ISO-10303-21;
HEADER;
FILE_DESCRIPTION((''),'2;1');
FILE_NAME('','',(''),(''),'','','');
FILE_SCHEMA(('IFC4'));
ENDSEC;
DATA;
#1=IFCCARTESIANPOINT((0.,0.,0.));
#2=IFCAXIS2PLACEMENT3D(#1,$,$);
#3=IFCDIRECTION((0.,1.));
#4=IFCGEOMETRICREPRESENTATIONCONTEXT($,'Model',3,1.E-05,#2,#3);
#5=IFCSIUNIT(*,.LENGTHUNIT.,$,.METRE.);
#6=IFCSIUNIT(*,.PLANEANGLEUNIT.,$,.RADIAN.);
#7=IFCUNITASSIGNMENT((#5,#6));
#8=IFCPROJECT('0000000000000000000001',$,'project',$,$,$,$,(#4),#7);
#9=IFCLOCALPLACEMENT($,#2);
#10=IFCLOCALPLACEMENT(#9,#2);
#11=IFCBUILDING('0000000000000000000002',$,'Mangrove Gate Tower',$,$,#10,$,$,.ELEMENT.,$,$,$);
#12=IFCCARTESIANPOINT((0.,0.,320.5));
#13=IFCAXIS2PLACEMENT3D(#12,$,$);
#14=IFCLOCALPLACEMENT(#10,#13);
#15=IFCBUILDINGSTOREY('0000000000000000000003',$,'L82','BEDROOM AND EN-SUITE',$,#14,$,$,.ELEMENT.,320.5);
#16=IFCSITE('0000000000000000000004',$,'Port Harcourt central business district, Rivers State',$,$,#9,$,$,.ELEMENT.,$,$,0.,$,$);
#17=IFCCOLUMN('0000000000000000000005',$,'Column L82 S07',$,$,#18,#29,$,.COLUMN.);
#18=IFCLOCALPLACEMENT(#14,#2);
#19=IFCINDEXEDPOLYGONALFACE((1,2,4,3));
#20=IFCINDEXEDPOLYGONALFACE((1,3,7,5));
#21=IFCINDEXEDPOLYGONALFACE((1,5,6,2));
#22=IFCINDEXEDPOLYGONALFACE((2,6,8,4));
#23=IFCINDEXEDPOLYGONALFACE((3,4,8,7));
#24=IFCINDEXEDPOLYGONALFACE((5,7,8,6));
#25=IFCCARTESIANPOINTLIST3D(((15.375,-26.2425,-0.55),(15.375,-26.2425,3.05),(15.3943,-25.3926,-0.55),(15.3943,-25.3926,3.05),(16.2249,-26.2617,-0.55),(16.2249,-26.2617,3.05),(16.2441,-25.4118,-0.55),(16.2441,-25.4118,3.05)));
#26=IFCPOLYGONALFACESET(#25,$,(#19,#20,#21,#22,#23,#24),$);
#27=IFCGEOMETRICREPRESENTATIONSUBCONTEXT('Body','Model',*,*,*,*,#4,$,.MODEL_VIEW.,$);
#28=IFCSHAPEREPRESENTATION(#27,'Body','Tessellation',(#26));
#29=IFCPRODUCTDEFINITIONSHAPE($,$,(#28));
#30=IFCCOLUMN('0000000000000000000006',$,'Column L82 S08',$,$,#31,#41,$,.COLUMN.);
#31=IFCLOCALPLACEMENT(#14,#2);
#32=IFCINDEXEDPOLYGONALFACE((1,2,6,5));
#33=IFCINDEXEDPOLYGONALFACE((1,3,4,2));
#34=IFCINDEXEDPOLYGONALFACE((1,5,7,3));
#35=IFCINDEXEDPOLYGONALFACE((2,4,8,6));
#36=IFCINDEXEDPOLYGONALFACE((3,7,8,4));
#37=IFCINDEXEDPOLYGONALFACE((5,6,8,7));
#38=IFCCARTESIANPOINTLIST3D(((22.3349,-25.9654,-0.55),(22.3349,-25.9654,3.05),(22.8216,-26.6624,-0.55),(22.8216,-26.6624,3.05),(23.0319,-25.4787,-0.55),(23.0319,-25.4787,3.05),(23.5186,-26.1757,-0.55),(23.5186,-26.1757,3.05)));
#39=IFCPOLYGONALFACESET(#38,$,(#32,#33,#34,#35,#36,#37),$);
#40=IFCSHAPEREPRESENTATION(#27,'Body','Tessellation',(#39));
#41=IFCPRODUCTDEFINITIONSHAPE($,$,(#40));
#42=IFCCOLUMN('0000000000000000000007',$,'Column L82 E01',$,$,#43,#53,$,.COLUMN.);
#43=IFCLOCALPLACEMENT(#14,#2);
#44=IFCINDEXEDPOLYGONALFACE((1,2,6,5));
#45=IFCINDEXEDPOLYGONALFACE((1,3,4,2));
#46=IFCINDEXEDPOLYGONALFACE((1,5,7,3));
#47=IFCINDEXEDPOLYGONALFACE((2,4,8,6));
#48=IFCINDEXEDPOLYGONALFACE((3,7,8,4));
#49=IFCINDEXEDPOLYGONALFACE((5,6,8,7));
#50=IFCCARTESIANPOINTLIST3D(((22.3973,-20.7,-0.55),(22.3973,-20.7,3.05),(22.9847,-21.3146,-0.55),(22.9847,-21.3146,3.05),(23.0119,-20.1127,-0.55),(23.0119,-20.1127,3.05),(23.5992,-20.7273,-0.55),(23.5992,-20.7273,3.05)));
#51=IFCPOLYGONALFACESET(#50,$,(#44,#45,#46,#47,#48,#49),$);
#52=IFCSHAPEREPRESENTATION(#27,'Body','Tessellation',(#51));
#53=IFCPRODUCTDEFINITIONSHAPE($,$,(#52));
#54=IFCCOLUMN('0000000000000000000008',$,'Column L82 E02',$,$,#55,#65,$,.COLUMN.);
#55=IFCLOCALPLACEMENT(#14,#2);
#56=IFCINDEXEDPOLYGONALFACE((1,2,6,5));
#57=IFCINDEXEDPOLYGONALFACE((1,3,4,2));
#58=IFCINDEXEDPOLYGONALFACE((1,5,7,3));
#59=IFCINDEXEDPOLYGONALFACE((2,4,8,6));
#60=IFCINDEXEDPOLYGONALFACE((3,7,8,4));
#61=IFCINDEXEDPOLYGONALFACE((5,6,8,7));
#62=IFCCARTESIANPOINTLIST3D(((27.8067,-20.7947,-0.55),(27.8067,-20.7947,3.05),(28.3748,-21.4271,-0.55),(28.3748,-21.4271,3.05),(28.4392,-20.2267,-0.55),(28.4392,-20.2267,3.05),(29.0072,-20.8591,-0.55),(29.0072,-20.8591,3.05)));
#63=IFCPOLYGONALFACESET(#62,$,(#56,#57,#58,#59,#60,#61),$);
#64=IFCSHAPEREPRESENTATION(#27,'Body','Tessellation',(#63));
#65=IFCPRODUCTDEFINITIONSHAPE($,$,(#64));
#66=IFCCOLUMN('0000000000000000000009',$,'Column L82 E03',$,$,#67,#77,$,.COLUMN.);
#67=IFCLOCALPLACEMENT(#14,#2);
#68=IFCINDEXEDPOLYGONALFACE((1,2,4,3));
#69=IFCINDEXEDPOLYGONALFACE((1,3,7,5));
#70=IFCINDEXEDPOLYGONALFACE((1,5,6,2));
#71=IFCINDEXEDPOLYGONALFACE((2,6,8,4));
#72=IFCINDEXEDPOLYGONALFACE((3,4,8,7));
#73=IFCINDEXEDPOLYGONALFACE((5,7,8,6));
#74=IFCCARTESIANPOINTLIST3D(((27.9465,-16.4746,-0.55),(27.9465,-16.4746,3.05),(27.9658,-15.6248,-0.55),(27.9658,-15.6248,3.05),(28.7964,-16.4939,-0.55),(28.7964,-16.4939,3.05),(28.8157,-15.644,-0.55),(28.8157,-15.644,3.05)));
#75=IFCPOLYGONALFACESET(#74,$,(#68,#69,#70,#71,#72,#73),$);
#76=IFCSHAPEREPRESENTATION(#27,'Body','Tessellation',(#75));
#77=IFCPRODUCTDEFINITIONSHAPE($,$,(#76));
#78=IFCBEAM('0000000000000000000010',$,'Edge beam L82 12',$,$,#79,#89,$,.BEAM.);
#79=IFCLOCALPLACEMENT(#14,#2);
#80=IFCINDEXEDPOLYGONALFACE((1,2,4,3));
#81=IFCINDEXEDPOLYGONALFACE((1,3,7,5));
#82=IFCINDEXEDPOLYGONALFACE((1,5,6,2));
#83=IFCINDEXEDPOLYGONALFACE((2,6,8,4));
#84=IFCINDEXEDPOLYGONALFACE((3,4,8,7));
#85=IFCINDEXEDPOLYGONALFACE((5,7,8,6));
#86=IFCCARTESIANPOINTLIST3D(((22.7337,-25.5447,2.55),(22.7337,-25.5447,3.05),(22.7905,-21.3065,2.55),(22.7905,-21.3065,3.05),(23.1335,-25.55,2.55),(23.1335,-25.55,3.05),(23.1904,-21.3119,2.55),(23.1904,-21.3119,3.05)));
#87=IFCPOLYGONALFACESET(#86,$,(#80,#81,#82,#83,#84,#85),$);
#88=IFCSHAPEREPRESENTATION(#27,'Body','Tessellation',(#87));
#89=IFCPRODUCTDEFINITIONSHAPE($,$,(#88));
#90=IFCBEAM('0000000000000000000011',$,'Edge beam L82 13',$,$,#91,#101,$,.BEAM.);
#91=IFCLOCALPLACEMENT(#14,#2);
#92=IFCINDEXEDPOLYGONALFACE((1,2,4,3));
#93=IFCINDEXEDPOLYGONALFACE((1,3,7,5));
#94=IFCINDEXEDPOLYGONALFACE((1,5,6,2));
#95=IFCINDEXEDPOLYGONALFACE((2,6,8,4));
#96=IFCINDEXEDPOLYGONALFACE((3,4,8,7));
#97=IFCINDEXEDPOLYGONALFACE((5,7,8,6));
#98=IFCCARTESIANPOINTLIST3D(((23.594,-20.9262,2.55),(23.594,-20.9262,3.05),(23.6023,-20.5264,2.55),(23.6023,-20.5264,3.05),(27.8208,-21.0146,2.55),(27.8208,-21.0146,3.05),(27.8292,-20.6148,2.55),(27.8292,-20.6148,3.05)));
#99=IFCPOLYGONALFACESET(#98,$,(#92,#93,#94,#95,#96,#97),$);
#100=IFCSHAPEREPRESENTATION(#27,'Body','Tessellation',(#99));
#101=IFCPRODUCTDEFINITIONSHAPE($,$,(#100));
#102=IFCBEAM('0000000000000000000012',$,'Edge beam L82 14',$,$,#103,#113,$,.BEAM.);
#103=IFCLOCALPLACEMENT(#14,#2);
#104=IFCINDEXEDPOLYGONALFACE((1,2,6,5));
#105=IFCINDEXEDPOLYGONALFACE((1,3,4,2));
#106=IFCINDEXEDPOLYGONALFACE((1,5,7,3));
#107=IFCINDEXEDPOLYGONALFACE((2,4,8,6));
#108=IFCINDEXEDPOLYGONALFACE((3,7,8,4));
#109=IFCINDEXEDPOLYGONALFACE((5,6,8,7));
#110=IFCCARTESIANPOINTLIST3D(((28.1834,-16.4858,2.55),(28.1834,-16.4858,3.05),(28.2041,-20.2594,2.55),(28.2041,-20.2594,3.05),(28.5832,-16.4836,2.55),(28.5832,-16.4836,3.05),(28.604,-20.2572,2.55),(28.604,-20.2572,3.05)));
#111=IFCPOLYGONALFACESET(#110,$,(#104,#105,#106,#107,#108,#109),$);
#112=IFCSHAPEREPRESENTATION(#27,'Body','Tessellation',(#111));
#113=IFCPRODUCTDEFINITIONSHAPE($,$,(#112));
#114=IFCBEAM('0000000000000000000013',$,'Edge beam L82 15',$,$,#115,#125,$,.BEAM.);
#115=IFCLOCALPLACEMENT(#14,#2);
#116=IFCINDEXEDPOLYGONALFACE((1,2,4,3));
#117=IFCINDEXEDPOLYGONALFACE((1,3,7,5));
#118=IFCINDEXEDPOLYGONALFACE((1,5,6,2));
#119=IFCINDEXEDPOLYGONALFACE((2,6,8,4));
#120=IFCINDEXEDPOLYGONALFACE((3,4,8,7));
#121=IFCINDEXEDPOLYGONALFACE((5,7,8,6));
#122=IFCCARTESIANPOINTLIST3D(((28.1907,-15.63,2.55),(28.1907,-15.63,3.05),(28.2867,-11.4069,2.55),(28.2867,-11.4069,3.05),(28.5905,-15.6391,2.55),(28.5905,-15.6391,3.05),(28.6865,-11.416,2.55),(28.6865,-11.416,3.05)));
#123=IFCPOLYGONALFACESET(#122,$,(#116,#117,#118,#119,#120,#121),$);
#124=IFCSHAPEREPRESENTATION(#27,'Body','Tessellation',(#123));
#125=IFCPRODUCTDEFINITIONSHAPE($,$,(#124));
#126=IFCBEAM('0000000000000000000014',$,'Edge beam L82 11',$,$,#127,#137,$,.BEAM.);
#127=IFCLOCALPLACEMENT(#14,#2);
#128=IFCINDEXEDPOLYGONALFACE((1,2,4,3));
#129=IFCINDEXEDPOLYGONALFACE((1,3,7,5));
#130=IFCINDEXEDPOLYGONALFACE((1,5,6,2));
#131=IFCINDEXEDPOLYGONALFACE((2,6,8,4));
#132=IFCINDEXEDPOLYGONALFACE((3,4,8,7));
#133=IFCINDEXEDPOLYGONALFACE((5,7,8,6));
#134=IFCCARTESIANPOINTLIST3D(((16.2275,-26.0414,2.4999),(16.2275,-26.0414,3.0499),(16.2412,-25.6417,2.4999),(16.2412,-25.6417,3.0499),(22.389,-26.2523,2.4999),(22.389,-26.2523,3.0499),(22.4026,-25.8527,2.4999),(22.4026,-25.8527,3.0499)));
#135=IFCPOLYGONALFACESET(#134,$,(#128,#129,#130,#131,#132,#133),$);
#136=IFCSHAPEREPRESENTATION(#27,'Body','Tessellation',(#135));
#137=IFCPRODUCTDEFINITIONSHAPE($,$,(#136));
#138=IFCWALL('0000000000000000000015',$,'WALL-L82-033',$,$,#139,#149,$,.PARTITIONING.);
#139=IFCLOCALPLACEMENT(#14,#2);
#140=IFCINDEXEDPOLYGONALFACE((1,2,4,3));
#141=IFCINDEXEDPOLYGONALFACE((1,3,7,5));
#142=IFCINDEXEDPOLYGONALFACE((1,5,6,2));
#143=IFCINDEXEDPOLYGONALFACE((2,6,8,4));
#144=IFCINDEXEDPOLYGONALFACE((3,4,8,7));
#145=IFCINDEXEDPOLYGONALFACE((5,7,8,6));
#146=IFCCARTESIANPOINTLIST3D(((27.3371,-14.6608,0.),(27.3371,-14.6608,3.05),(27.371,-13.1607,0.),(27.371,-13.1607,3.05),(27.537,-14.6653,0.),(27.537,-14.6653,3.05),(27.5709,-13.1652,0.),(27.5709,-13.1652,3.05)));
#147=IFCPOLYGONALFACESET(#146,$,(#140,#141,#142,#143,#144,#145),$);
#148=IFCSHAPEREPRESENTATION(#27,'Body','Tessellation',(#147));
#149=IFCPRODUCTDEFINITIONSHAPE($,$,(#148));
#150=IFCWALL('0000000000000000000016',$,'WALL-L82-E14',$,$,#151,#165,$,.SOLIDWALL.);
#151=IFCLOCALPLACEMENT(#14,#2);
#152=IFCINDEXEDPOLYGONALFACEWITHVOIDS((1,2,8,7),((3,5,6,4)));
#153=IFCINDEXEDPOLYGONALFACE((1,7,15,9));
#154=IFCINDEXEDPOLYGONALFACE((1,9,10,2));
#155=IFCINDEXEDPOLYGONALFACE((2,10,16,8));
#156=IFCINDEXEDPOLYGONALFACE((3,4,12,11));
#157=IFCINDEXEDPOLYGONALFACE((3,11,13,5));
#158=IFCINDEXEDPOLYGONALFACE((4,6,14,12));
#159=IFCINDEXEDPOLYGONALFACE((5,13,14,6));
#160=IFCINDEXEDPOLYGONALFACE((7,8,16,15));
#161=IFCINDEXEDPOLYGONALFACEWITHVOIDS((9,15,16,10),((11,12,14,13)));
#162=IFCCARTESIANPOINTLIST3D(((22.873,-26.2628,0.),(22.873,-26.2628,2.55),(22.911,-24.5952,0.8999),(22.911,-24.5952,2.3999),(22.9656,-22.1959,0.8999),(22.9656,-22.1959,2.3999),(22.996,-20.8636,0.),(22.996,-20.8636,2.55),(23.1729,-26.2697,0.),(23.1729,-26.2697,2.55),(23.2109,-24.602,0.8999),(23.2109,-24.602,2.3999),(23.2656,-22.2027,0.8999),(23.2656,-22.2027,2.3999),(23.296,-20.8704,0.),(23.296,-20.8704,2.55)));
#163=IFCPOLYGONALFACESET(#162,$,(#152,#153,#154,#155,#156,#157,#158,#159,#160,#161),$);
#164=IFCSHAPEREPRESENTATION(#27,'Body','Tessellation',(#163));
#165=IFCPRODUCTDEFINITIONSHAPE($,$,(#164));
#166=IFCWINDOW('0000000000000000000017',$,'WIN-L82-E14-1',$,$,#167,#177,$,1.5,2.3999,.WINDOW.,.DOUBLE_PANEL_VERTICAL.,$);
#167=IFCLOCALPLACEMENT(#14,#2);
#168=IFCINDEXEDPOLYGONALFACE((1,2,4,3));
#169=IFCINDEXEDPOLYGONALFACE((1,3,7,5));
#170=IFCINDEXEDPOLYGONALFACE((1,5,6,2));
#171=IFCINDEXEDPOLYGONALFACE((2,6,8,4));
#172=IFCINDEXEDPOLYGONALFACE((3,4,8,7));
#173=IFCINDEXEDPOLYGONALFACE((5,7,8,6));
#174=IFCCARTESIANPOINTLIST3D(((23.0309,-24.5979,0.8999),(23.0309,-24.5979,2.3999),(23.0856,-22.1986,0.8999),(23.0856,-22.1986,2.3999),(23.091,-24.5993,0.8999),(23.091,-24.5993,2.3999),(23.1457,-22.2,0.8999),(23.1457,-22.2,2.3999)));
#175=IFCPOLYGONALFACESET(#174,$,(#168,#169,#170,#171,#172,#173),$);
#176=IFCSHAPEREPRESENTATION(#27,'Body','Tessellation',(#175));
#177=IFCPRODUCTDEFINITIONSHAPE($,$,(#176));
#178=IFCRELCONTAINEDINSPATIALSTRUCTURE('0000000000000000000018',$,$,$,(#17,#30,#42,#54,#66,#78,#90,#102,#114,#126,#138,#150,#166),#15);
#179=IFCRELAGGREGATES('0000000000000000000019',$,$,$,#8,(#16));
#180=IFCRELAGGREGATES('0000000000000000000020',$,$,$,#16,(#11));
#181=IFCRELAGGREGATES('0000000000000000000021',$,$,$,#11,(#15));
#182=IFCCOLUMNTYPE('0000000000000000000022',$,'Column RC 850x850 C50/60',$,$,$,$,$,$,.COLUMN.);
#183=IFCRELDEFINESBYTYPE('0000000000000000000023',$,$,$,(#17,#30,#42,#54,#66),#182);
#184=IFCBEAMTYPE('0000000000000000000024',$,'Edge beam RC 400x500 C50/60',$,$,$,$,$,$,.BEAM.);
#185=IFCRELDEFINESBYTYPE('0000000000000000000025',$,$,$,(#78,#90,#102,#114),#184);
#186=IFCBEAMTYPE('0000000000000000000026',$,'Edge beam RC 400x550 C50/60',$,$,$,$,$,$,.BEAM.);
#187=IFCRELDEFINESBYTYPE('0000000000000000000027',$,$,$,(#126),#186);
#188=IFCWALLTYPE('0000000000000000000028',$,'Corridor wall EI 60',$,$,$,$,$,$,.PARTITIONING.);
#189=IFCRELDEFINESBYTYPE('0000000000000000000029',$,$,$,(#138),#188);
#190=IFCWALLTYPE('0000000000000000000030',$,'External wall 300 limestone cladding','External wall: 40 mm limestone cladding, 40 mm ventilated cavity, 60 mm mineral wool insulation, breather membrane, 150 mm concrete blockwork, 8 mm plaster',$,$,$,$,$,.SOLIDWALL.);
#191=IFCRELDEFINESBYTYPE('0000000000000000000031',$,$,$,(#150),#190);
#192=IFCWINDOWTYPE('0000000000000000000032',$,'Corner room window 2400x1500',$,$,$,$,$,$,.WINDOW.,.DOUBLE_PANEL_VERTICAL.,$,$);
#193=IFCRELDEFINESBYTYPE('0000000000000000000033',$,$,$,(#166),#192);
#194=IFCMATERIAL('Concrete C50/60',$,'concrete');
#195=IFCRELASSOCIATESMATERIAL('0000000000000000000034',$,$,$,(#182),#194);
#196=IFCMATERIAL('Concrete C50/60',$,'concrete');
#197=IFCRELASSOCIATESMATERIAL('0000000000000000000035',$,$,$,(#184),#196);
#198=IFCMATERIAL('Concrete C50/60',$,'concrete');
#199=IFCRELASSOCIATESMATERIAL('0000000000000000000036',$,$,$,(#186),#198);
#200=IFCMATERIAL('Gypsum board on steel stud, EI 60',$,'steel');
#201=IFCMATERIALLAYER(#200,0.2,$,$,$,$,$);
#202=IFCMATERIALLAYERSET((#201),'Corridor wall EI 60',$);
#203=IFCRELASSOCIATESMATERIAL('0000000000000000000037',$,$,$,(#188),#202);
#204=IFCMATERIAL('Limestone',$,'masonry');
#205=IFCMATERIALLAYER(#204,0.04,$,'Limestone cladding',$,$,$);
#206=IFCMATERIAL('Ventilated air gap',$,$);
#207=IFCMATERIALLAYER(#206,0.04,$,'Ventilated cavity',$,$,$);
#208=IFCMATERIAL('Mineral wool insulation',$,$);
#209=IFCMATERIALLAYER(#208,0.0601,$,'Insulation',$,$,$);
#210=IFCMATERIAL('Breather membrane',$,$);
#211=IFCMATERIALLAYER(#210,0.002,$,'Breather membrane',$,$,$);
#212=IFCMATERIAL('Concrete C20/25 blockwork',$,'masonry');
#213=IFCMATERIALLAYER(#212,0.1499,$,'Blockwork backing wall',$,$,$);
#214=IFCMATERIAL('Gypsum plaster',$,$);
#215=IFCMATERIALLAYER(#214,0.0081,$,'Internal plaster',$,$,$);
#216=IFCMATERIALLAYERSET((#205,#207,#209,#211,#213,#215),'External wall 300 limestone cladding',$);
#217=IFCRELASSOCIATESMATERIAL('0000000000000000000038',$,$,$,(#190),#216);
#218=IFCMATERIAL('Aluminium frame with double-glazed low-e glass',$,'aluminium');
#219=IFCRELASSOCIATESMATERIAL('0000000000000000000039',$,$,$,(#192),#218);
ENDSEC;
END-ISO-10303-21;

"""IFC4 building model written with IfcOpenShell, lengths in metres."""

from ifc_helpers import new_model, si_unit, direction, frame, frame_2d, origin, origin_2d, place, context, subcontext, project, spatial, rectangle, extrude, material, layer, layer_set, material_profile, profile_set, type_object, element, fill, save


model = new_model("IFC4")

# Units and contexts
model_context = context("Model", 3, precision=1e-05, world=origin(), true_north=direction((0.0, 1.0)))
body_context = subcontext(model_context, "Body", "Model", "MODEL_VIEW")
ifc_project = project(units=[si_unit("LENGTHUNIT", "METRE"), si_unit("PLANEANGLEUNIT", "RADIAN")], contexts=[model_context])

# Site, building, storey
site_placement = place(None, origin())
site = spatial("IfcSite", under=ifc_project, at=site_placement, Name="Port Harcourt central business district, Rivers State", CompositionType="ELEMENT", RefElevation=0.0)
building_placement = place(site_placement, origin())
building = spatial("IfcBuilding", under=site, at=building_placement, Name="Mangrove Gate Tower", CompositionType="ELEMENT")
storey_placement = place(building_placement, frame((0.0, 0.0, 320.5)))
storey = spatial("IfcBuildingStorey", under=building, at=storey_placement, Name="L82", Description="BEDROOM AND EN-SUITE", CompositionType="ELEMENT", Elevation=320.5)

# Columns
ifc_material_1 = material(Name="Concrete C50/60", Category="concrete")
ifc_material_profile_1 = material_profile(ifc_material_1, rectangle(XDim=0.8501, YDim=0.8501, at=origin_2d()))
ifc_profile_set_1 = profile_set([ifc_material_profile_1], Name="Concrete C50/60")
column_type = type_object("IfcColumnType", Name="Column RC 850x850 C50/60", PredefinedType="COLUMN", material=ifc_profile_set_1)
for number, where, z_axis, x_axis, name in (
    (1, (15.8096, -25.8271, -0.55), (0.0, 0.0, 1.0), (0.999743, -0.022654, 0.0), "Column L82 S07"),
    (2, (22.9268, -26.0706, -0.55), (0.0, 0.0, 1.0), (0.81992, 0.572478, 0.0), "Column L82 S08"),
    (3, (22.9983, -20.7136, -0.55), (0.0, 0.0, 1.0), (0.722966, 0.690884, 0.0), "Column L82 E01"),
    (4, (28.407, -20.8269, -0.55), (0.0, 0.0, 1.0), (0.744005, 0.668174, 0.0), "Column L82 E02"),
    (5, (28.3811, -16.0593, -0.55), (0.0, 0.0, 1.0), (0.022661, 0.999743, 0.0), "Column L82 E03"),
):
    element("IfcColumn", number, at=place(storey_placement, frame(where, z_axis=z_axis, x_axis=x_axis)), inside=storey, type_object=column_type, Name=name, PredefinedType="COLUMN", context=body_context, shape_type="SweptSolid", body=[
        extrude(rectangle(XDim=0.8501, YDim=0.8501, at=origin_2d()), origin(), (0.0, 0.0, 1.0), 3.6001),
    ])

# Beams
ifc_material_2 = material(Name="Concrete C50/60", Category="concrete")
ifc_material_profile_2 = material_profile(ifc_material_2, rectangle(XDim=0.3999, YDim=0.5, at=origin_2d()))
ifc_profile_set_2 = profile_set([ifc_material_profile_2], Name="Concrete C50/60")
beam_type_1 = type_object("IfcBeamType", Name="Edge beam RC 400x500 C50/60", PredefinedType="BEAM", material=ifc_profile_set_2)
beam_1_placement = place(storey_placement, frame((22.9336, -25.5474, 2.8), z_axis=(0.013421, 0.99991, 0.0), x_axis=(-0.99991, 0.013421, 0.0)))
element("IfcBeam", 6, at=beam_1_placement, inside=storey, type_object=beam_type_1, Name="Edge beam L82 12", PredefinedType="BEAM", context=body_context, shape_type="SweptSolid", body=[
    extrude(rectangle(XDim=0.3999, YDim=0.5, at=origin_2d()), origin(), (0.0, 0.0, 1.0), 4.2385),
])
beam_2_placement = place(storey_placement, frame((23.5981, -20.7263, 2.8), z_axis=(0.999781, -0.020905, 0.0), x_axis=(0.020905, 0.999781, 0.0)))
element("IfcBeam", 7, at=beam_2_placement, inside=storey, type_object=beam_type_1, Name="Edge beam L82 13", PredefinedType="BEAM", context=body_context, shape_type="SweptSolid", body=[
    extrude(rectangle(XDim=0.3999, YDim=0.5, at=origin_2d()), origin(), (0.0, 0.0, 1.0), 4.2278),
])
beam_3_placement = place(storey_placement, frame((28.4041, -20.2583, 2.8), z_axis=(-0.005499, 0.999985, 0.0), x_axis=(-0.999985, -0.005499, 0.0)))
element("IfcBeam", 8, at=beam_3_placement, inside=storey, type_object=beam_type_1, Name="Edge beam L82 14", PredefinedType="BEAM", context=body_context, shape_type="SweptSolid", body=[
    extrude(rectangle(XDim=0.3999, YDim=0.5, at=origin_2d()), origin(), (0.0, 0.0, 1.0), 3.7737),
])
beam_4_placement = place(storey_placement, frame((28.3906, -15.6345, 2.8), z_axis=(0.022714, 0.999742, 0.0), x_axis=(-0.999742, 0.022714, 0.0)))
element("IfcBeam", 9, at=beam_4_placement, inside=storey, type_object=beam_type_1, Name="Edge beam L82 15", PredefinedType="BEAM", context=body_context, shape_type="SweptSolid", body=[
    extrude(rectangle(XDim=0.3999, YDim=0.5, at=origin_2d()), origin(), (0.0, 0.0, 1.0), 4.2241),
])
ifc_material_3 = material(Name="Concrete C50/60", Category="concrete")
ifc_material_profile_3 = material_profile(ifc_material_3, rectangle(XDim=0.3999, YDim=0.55, at=origin_2d()))
ifc_profile_set_3 = profile_set([ifc_material_profile_3], Name="Concrete C50/60")
beam_type_2 = type_object("IfcBeamType", Name="Edge beam RC 400x550 C50/60", PredefinedType="BEAM", material=ifc_profile_set_3)
beam_5_placement = place(storey_placement, frame((16.2344, -25.8416, 2.7749), z_axis=(0.999414, -0.034215, 0.0), x_axis=(0.034215, 0.999414, 0.0)))
element("IfcBeam", 10, at=beam_5_placement, inside=storey, type_object=beam_type_2, Name="Edge beam L82 11", PredefinedType="BEAM", context=body_context, shape_type="SweptSolid", body=[
    extrude(rectangle(XDim=0.3999, YDim=0.55, at=origin_2d()), origin(), (0.0, 0.0, 1.0), 6.165),
])

# Wall
ifc_material_4 = material(Name="Gypsum board on steel stud, EI 60", Category="steel")
ifc_layer_1 = layer(ifc_material_4, 0.2)
ifc_layer_set_1 = layer_set([ifc_layer_1], Name="Corridor wall EI 60")
wall_type_1 = type_object("IfcWallType", Name="Corridor wall EI 60", PredefinedType="PARTITIONING", material=ifc_layer_set_1)
wall_1_placement = place(storey_placement, frame((27.437, -14.6631, 0.0), z_axis=(0.0, 0.0, 1.0), x_axis=(0.022618, 0.999744, 0.0)))
element("IfcWall", 11, at=wall_1_placement, inside=storey, type_object=wall_type_1, Name="WALL-L82-033", PredefinedType="PARTITIONING", context=body_context, shape_type="SweptSolid", body=[
    extrude(rectangle(XDim=1.5005, YDim=0.2, at=frame_2d((0.7502, 0.0))), origin(), (0.0, 0.0, 1.0), 3.05),
])

# Shared definitions
ifc_material_5 = material(Name="Limestone", Category="masonry")
ifc_layer_2 = layer(ifc_material_5, 0.04, Name="Limestone cladding")
ifc_material_6 = material(Name="Ventilated air gap")
ifc_layer_3 = layer(ifc_material_6, 0.04, Name="Ventilated cavity")
ifc_material_7 = material(Name="Mineral wool insulation")
ifc_layer_4 = layer(ifc_material_7, 0.0601, Name="Insulation")
ifc_material_8 = material(Name="Breather membrane")
ifc_layer_5 = layer(ifc_material_8, 0.002, Name="Breather membrane")
ifc_material_9 = material(Name="Concrete C20/25 blockwork", Category="masonry")
ifc_layer_6 = layer(ifc_material_9, 0.1499, Name="Blockwork backing wall")
ifc_material_10 = material(Name="Gypsum plaster")
ifc_layer_7 = layer(ifc_material_10, 0.0081, Name="Internal plaster")
ifc_layer_set_2 = layer_set([ifc_layer_2, ifc_layer_3, ifc_layer_4, ifc_layer_5, ifc_layer_6, ifc_layer_7], Name="External wall 300 limestone cladding")
wall_type_2 = type_object("IfcWallType", Name="External wall 300 limestone cladding", Description="External wall: 40 mm limestone cladding, 40 mm ventilated cavity, 60 mm mineral wool insulation, breather membrane, 150 mm concrete blockwork, 8 mm plaster", PredefinedType="SOLIDWALL", material=ifc_layer_set_2)

# Wall, opening, window
wall_2_placement = place(storey_placement, frame((23.0229, -26.2661, 0.0), z_axis=(0.0, 0.0, 1.0), x_axis=(0.022784, 0.99974, 0.0)))
wall_2 = element("IfcWall", 12, at=wall_2_placement, inside=storey, type_object=wall_type_2, Name="WALL-L82-E14", PredefinedType="SOLIDWALL", context=body_context, shape_type="SweptSolid", body=[
    extrude(rectangle(XDim=5.4006, YDim=0.3, at=frame_2d((2.7002, 0.0))), origin(), (0.0, 0.0, 1.0), 2.55),
])
opening_1_placement = place(wall_2_placement, frame((1.668, 0.0, 0.8999)))
opening_1 = element("IfcOpeningElement", 13, at=opening_1_placement, cuts=wall_2, PredefinedType="OPENING", context=body_context, shape_type="SweptSolid", body=[
    extrude(rectangle(XDim=2.3999, YDim=1.5, at=frame_2d((1.2, 0.75))), frame((0.0, 0.1599, 0.0), z_axis=(0.0, -1.0, 0.0), x_axis=(1.0, 0.0, 0.0)), (0.0, 0.0, 1.0), 0.3201),
])
ifc_material_11 = material(Name="Aluminium frame with double-glazed low-e glass", Category="aluminium")
window_type = type_object("IfcWindowType", Name="Corner room window 2400x1500", PartitioningType="DOUBLE_PANEL_VERTICAL", PredefinedType="WINDOW", material=ifc_material_11)
window_1_placement = place(opening_1_placement, origin())
window_1 = element("IfcWindow", 14, at=window_1_placement, inside=storey, type_object=window_type, Name="WIN-L82-E14-1", OverallHeight=1.5, OverallWidth=2.3999, PartitioningType="DOUBLE_PANEL_VERTICAL", PredefinedType="WINDOW", context=body_context, shape_type="SweptSolid", body=[
    extrude(rectangle(XDim=2.3999, YDim=1.5, at=frame_2d((1.2, 0.75))), frame((0.0, 0.03, 0.0), z_axis=(0.0, -1.0, 0.0), x_axis=(1.0, 0.0, 0.0)), (0.0, 0.0, 1.0), 0.0601),
])
fill(opening_1, window_1)

save(model, "model.ifc")
